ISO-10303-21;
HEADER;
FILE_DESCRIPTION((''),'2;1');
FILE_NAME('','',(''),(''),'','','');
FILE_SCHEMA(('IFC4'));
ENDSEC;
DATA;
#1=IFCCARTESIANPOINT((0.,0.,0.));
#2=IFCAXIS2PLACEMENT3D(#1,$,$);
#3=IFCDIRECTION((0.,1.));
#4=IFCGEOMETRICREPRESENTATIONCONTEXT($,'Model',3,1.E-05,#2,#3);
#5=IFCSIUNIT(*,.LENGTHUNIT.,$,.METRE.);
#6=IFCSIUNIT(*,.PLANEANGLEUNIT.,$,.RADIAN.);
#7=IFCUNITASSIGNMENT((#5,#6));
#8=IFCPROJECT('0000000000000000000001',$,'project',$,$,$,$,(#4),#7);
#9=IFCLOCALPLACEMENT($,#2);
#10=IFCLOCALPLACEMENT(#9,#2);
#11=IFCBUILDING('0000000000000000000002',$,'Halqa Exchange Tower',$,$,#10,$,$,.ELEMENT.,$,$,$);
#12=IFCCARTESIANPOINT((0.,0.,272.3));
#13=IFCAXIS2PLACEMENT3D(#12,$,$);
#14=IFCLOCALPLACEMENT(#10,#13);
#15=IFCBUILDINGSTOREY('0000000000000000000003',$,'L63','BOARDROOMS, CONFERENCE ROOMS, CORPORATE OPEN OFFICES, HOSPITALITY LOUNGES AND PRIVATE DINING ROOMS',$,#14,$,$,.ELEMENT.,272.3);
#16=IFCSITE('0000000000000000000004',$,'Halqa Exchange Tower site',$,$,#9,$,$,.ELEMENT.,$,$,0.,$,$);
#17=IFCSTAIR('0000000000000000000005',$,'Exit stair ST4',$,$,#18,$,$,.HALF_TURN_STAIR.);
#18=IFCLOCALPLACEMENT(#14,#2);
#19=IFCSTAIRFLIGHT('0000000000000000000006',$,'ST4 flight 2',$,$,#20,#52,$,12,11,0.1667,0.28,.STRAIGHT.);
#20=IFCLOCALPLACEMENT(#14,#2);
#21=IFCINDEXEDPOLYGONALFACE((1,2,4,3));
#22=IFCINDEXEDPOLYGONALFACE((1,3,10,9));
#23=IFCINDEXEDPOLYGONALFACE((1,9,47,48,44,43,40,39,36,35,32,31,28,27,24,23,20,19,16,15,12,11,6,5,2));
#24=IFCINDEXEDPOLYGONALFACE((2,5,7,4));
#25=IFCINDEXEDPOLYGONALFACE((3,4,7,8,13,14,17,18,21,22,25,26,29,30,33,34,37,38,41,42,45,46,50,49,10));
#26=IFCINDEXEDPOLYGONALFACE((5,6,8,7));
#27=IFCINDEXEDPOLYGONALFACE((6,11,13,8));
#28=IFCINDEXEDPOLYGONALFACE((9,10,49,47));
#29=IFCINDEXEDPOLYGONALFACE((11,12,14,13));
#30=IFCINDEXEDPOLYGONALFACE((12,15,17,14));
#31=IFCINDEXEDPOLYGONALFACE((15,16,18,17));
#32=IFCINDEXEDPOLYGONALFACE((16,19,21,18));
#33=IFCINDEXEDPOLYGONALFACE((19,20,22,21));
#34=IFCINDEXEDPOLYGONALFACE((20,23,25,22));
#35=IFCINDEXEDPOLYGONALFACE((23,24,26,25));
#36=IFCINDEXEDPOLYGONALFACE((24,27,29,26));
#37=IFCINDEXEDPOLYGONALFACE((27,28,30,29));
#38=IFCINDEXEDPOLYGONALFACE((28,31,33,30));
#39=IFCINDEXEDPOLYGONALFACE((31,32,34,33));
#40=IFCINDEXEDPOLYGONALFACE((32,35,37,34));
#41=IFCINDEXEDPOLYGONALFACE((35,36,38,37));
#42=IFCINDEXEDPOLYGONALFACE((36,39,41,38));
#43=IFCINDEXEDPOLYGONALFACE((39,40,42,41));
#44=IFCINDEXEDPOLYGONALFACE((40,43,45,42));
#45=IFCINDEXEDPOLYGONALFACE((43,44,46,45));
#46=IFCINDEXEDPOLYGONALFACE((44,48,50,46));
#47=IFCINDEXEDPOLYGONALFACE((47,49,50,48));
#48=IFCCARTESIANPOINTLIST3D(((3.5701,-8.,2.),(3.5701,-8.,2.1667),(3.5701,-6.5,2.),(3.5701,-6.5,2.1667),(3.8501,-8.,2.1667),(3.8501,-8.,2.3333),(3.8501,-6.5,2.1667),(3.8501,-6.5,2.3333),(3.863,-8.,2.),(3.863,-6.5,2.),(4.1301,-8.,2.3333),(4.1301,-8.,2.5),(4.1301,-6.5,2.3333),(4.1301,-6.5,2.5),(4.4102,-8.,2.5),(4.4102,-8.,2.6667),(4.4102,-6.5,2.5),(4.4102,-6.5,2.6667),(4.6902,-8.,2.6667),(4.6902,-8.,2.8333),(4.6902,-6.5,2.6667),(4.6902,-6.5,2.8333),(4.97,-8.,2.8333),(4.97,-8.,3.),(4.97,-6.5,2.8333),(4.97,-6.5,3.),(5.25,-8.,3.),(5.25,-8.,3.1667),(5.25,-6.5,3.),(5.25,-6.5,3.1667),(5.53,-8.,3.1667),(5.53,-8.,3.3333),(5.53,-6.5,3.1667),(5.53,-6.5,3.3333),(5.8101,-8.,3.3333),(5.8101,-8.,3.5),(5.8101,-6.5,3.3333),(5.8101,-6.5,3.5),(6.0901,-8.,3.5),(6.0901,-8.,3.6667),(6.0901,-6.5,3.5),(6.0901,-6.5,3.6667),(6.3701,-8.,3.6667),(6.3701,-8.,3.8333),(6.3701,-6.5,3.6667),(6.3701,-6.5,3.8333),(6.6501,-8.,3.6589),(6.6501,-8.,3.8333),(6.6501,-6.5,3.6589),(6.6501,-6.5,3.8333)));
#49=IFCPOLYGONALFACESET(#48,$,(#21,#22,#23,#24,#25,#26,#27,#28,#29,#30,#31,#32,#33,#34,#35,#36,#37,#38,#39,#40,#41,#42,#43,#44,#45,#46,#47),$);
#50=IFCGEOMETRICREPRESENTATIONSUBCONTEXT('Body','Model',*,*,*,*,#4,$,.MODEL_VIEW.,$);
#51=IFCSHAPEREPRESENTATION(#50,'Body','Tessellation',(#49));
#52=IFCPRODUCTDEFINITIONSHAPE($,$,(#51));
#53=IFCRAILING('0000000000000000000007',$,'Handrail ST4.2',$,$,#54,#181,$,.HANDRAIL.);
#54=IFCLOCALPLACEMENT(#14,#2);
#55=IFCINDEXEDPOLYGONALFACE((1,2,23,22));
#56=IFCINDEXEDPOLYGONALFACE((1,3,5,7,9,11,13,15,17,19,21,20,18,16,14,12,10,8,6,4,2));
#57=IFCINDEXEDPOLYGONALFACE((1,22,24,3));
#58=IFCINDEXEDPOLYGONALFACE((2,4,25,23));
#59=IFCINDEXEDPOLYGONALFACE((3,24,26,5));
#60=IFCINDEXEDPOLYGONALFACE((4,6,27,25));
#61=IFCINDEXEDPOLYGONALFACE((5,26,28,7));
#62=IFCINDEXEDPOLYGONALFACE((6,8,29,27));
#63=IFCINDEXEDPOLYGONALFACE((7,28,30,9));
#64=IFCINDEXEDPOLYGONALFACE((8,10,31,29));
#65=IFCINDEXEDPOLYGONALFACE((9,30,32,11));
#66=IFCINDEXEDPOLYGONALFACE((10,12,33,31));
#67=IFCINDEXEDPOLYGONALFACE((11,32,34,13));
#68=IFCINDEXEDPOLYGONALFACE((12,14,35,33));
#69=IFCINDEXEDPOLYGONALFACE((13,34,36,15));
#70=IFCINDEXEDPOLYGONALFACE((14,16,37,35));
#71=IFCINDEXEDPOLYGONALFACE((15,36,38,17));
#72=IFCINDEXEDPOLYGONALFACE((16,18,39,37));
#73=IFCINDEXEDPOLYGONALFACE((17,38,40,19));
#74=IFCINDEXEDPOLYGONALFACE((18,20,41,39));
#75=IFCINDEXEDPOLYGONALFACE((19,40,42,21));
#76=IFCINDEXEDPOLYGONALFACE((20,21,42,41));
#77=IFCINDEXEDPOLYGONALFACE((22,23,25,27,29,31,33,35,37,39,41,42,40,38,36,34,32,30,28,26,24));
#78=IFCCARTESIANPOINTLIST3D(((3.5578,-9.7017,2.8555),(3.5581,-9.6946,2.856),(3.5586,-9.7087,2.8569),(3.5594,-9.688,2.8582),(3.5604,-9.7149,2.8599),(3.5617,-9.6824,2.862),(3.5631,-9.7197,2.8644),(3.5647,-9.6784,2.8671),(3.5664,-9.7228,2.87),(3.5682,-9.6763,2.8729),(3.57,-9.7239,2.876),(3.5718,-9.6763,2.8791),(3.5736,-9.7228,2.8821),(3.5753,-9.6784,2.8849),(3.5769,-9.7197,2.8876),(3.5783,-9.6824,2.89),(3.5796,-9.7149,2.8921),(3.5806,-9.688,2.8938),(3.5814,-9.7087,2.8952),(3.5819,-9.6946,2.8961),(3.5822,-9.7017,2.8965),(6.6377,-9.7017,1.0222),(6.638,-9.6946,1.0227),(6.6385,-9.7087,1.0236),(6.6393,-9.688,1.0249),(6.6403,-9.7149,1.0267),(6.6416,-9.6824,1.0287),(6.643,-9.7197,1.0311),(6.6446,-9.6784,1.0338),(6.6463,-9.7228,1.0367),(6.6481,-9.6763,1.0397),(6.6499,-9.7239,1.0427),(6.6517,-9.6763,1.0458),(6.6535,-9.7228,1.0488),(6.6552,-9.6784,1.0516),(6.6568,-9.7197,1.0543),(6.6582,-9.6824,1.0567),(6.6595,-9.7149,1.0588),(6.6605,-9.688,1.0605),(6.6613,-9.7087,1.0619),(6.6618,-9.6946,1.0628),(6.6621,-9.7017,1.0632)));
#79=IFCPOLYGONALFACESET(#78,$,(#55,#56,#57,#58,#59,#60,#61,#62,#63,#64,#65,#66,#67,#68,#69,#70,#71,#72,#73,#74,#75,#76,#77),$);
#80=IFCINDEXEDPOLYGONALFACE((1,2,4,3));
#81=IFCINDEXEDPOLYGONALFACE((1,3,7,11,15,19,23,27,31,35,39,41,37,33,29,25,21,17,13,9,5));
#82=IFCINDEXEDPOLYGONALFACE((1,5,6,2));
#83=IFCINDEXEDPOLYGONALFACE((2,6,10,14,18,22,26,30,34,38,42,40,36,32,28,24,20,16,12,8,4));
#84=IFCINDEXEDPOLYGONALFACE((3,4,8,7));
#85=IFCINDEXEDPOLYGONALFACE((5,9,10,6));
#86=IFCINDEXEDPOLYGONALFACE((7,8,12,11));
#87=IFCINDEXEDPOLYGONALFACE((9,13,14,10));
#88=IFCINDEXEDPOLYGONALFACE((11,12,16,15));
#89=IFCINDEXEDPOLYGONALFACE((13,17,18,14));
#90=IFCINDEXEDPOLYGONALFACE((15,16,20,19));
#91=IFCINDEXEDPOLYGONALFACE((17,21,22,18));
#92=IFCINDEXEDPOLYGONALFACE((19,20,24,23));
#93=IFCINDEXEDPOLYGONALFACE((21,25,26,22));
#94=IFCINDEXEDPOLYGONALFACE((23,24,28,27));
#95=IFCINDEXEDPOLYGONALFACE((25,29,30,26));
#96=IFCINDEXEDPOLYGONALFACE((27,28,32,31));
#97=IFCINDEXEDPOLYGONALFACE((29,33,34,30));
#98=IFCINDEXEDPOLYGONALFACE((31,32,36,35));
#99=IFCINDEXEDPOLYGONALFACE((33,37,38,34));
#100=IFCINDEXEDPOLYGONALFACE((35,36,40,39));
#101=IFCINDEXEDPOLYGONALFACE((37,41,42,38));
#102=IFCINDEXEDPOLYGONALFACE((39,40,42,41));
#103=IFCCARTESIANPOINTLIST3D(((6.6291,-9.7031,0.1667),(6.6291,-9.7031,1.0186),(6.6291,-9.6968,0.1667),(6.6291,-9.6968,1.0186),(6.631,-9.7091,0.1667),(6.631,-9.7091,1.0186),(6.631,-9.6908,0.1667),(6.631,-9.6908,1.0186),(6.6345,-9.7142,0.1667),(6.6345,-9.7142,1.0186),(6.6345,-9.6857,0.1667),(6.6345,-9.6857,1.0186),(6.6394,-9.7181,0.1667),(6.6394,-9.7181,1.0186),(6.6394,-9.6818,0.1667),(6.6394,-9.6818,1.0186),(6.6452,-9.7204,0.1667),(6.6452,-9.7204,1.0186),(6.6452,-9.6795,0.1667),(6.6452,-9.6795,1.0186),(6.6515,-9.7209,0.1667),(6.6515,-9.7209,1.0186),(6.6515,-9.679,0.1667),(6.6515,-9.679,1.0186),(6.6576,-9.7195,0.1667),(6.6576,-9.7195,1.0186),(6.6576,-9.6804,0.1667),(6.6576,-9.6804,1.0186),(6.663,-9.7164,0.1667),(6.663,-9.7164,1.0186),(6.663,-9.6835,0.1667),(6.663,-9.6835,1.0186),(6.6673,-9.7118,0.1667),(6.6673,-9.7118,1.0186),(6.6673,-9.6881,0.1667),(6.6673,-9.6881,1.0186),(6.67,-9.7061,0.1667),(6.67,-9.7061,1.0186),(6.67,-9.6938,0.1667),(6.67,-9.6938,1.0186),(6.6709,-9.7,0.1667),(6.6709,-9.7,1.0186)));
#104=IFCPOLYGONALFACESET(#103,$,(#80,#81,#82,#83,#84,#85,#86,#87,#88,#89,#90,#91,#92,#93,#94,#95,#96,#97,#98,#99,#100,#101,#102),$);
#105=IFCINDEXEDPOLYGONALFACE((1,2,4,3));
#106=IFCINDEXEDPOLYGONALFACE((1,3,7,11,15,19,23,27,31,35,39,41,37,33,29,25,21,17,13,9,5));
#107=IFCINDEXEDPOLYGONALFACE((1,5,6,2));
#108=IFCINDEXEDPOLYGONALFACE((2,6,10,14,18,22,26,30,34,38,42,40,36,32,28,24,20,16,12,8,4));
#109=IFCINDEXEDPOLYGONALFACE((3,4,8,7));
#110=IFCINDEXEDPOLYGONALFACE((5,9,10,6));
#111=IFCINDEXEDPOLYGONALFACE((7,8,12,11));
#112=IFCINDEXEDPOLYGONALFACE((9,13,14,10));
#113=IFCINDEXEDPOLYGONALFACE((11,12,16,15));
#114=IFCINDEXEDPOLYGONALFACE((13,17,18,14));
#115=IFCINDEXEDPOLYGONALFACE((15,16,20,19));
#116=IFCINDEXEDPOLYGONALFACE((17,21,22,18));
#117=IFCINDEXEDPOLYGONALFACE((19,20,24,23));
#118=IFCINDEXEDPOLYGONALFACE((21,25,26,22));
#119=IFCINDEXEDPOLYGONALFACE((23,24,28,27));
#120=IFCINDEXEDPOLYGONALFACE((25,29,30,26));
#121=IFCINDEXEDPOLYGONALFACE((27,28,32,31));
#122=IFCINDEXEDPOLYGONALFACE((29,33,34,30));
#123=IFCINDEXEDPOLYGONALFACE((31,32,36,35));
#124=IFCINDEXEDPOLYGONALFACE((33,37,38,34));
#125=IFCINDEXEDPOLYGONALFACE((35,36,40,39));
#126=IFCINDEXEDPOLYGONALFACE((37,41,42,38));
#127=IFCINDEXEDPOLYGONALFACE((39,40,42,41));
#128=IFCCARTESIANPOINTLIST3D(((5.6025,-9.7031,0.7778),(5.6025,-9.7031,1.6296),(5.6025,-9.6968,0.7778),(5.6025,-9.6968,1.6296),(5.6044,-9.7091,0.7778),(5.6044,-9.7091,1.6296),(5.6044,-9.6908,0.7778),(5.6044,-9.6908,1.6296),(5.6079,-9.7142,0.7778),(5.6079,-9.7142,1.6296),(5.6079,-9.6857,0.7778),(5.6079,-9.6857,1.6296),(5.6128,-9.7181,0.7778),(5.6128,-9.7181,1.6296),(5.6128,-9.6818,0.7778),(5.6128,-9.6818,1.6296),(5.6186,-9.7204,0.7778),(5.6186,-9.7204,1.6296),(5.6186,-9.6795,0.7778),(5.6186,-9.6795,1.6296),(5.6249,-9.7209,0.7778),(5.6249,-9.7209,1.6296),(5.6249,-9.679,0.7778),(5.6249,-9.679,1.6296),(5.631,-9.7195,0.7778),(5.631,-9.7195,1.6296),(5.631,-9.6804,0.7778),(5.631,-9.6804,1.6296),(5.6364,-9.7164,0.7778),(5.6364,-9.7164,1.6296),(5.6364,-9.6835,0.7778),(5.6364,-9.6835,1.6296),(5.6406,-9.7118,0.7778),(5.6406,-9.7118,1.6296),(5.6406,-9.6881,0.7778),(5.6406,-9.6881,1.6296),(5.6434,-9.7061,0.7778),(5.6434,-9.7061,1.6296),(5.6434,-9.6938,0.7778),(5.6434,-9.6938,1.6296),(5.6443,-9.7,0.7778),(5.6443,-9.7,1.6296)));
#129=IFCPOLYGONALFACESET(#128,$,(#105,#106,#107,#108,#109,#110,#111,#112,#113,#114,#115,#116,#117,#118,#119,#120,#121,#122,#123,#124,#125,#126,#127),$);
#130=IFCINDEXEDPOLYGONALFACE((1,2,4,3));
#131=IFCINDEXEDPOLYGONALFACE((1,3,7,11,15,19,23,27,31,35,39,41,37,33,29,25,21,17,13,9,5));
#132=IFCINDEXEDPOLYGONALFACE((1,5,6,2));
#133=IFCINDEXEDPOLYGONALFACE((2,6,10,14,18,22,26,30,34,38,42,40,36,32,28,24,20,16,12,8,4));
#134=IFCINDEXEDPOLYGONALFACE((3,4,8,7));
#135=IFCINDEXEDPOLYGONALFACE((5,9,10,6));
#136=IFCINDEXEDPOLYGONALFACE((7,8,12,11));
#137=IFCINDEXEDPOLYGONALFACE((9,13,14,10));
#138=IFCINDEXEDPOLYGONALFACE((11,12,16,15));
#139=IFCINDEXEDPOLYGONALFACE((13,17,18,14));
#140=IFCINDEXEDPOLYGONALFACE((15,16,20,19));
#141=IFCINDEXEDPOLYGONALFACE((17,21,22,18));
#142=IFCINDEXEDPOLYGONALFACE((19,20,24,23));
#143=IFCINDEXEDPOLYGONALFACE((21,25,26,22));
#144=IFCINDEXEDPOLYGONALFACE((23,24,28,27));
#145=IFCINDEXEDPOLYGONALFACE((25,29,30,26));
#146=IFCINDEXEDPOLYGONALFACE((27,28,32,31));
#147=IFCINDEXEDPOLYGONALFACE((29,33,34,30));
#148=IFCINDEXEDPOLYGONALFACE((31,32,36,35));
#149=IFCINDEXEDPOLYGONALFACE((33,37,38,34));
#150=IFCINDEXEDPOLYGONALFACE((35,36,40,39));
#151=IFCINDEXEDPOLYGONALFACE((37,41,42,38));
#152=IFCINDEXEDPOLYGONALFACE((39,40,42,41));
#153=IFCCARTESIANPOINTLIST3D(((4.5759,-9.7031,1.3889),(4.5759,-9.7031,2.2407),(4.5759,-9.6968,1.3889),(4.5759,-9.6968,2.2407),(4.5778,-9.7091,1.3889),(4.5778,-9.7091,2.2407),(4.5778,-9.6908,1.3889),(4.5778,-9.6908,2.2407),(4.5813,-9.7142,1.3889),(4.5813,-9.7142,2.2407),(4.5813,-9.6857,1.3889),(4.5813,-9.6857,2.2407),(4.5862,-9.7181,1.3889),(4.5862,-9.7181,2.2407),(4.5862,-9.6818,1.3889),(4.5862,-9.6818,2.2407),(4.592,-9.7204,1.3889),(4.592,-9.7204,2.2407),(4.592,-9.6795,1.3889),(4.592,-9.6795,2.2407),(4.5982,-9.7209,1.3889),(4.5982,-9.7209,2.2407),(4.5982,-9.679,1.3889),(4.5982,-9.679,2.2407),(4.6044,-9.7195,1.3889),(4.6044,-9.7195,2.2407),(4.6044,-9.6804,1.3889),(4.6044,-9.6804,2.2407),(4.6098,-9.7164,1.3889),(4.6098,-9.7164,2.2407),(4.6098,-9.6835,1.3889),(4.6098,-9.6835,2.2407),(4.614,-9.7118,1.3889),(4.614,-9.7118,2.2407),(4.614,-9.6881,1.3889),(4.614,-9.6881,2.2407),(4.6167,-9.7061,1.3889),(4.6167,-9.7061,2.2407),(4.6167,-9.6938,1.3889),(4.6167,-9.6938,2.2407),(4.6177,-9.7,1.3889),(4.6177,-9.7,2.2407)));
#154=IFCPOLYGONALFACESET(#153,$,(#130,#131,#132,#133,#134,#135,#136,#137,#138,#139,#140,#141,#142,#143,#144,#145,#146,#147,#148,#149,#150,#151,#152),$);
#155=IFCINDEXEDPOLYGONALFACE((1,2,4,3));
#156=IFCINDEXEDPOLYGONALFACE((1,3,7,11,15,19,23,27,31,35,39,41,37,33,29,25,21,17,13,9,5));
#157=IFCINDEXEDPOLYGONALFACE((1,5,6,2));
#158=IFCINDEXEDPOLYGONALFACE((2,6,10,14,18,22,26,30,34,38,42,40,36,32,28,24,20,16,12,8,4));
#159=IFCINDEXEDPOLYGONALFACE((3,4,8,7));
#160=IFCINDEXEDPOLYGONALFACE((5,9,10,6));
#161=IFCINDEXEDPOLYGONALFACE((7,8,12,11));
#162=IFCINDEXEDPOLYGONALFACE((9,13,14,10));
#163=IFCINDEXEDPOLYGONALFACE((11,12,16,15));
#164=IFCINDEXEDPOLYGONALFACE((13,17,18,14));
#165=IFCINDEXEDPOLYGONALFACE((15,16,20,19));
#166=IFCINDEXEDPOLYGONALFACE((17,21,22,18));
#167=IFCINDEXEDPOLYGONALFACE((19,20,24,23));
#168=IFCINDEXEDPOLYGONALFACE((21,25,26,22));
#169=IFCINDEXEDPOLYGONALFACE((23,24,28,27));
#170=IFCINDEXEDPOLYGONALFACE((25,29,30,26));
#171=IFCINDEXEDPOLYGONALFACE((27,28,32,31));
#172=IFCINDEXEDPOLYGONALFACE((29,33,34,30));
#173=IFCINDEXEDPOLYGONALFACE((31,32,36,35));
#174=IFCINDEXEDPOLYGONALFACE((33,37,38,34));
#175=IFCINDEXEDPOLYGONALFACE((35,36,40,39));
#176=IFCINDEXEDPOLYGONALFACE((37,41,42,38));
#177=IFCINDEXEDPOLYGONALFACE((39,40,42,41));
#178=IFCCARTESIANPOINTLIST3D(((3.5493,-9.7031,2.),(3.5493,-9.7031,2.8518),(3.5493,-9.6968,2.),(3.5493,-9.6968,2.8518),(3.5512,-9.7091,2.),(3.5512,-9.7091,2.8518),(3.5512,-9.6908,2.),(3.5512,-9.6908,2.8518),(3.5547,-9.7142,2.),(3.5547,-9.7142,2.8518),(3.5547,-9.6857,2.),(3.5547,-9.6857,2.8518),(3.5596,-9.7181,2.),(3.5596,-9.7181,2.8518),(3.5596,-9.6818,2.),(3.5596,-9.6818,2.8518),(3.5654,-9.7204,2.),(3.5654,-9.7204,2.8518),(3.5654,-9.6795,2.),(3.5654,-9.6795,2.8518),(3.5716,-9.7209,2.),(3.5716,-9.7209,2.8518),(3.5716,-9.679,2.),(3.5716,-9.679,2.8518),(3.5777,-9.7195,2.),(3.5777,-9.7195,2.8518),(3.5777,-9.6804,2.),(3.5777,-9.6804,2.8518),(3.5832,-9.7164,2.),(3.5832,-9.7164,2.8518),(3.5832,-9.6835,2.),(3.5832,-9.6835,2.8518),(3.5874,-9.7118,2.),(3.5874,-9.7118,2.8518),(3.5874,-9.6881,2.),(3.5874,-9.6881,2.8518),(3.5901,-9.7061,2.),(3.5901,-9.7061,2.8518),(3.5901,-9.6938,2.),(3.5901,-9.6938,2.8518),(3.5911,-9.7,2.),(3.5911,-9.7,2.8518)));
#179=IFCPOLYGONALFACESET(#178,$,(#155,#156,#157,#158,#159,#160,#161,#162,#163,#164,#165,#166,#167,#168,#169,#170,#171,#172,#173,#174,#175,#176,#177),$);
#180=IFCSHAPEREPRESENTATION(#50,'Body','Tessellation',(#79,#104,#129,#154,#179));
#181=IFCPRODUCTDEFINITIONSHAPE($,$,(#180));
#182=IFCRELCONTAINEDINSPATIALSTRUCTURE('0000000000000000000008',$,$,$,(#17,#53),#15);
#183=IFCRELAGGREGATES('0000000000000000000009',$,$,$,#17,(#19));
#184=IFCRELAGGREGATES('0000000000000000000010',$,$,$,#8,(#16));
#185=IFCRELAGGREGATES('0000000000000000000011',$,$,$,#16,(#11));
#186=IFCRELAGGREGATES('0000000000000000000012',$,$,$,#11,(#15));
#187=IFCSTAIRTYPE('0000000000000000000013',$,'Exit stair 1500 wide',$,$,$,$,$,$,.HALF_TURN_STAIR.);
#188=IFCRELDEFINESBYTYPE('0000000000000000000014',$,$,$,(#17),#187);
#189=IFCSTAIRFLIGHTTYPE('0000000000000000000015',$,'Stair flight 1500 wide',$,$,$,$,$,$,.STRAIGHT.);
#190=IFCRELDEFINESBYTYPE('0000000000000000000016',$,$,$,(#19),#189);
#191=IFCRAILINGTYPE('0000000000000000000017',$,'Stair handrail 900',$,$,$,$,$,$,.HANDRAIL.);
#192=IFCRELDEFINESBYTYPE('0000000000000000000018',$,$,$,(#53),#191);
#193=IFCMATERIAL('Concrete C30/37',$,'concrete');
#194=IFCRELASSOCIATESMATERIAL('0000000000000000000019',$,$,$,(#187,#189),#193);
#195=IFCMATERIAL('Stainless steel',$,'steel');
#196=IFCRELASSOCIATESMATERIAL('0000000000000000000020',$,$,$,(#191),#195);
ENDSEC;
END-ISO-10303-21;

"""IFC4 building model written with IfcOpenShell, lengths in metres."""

from ifc_helpers import new_model, si_unit, direction, frame, origin, origin_2d, place, context, subcontext, project, spatial, polyline, circle, outline, extrude, material, type_object, element, aggregate, save


model = new_model("IFC4")

# Units and contexts
model_context = context("Model", 3, precision=1e-05, world=origin(), true_north=direction((0.0, 1.0)))
body_context = subcontext(model_context, "Body", "Model", "MODEL_VIEW")
ifc_project = project(units=[si_unit("LENGTHUNIT", "METRE"), si_unit("PLANEANGLEUNIT", "RADIAN")], contexts=[model_context])

# Site, building, storey
site_placement = place(None, origin())
site = spatial("IfcSite", under=ifc_project, at=site_placement, Name="Halqa Exchange Tower site", CompositionType="ELEMENT", RefElevation=0.0)
building_placement = place(site_placement, origin())
building = spatial("IfcBuilding", under=site, at=building_placement, Name="Halqa Exchange Tower", CompositionType="ELEMENT")
storey_placement = place(building_placement, frame((0.0, 0.0, 272.3)))
storey = spatial("IfcBuildingStorey", under=building, at=storey_placement, Name="L63", Description="BOARDROOMS, CONFERENCE ROOMS, CORPORATE OPEN OFFICES, HOSPITALITY LOUNGES AND PRIVATE DINING ROOMS", CompositionType="ELEMENT", Elevation=272.3)

# Shared definitions
ifc_material_1 = material(Name="Concrete C30/37", Category="concrete")

# Stair, stair flight
stair_type = type_object("IfcStairType", Name="Exit stair 1500 wide", PredefinedType="HALF_TURN_STAIR", material=ifc_material_1)
stair_placement = place(storey_placement, origin())
stair = element("IfcStair", 1, at=stair_placement, inside=storey, type_object=stair_type, Name="Exit stair ST4", PredefinedType="HALF_TURN_STAIR")
stair_flight_type = type_object("IfcStairFlightType", Name="Stair flight 1500 wide", PredefinedType="STRAIGHT", material=ifc_material_1)
stair_flight_1_placement = place(storey_placement, frame((3.5701, -7.25, 2.0), z_axis=(0.0, 0.0, 1.0), x_axis=(1.0, 0.0, 0.0)))
stair_flight_1 = element("IfcStairFlight", 2, at=stair_flight_1_placement, type_object=stair_flight_type, Name="ST4 flight 2", NumberOfRisers=12, NumberOfTreads=11, PredefinedType="STRAIGHT", RiserHeight=0.1667, TreadLength=0.28, context=body_context, shape_type="SweptSolid", body=[
    extrude(outline(polyline([(0.0, 0.0), (0.0, 0.1667), (0.28, 0.1667), (0.28, 0.3333), (0.5601, 0.3333), (0.5601, 0.5), (0.8401, 0.5), (0.8401, 0.6667), (1.1201, 0.6667), (1.1201, 0.8333), (1.3999, 0.8333), (1.3999, 1.0), (1.6799, 1.0), (1.6799, 1.1667), (1.96, 1.1667), (1.96, 1.3333), (2.24, 1.3333), (2.24, 1.5), (2.52, 1.5), (2.52, 1.6667), (2.8, 1.6667), (2.8, 1.8333), (3.0801, 1.8333), (3.0801, 2.0), (3.0801, 1.6589), (0.293, 0.0), (0.0, 0.0)])), frame((0.0, 0.75, 0.0), z_axis=(0.0, -1.0, 0.0), x_axis=(1.0, 0.0, 0.0)), (0.0, 0.0, 1.0), 1.5),
])
aggregate(stair, [stair_flight_1])

# Railing
ifc_material_2 = material(Name="Stainless steel", Category="steel")
railing_type_1 = type_object("IfcRailingType", Name="Stair handrail 900", PredefinedType="HANDRAIL", material=ifc_material_2)
railing_1_placement = place(storey_placement, frame((6.6499, -9.7, 0.1667)))
element("IfcRailing", 3, at=railing_1_placement, inside=storey, type_object=railing_type_1, Name="Handrail ST4.2", PredefinedType="HANDRAIL", context=body_context, shape_type="SweptSolid", body=[
    extrude(circle(Radius=0.0239, at=origin_2d()), frame((0.0, 0.0, 0.876), z_axis=(-0.859291, 0.0, 0.511487), x_axis=(0.0, -1.0, 0.0)), (0.0, 0.0, 1.0), 3.5842),
    extrude(circle(Radius=0.021, at=origin_2d()), origin(), (0.0, 0.0, 1.0), 0.8518),
    extrude(circle(Radius=0.021, at=origin_2d()), frame((-1.0266, 0.0, 0.6111)), (0.0, 0.0, 1.0), 0.8518),
    extrude(circle(Radius=0.021, at=origin_2d()), frame((-2.0532, 0.0, 1.2222)), (0.0, 0.0, 1.0), 0.8518),
    extrude(circle(Radius=0.021, at=origin_2d()), frame((-3.0798, 0.0, 1.8333)), (0.0, 0.0, 1.0), 0.8518),
])

save(model, "model.ifc")
